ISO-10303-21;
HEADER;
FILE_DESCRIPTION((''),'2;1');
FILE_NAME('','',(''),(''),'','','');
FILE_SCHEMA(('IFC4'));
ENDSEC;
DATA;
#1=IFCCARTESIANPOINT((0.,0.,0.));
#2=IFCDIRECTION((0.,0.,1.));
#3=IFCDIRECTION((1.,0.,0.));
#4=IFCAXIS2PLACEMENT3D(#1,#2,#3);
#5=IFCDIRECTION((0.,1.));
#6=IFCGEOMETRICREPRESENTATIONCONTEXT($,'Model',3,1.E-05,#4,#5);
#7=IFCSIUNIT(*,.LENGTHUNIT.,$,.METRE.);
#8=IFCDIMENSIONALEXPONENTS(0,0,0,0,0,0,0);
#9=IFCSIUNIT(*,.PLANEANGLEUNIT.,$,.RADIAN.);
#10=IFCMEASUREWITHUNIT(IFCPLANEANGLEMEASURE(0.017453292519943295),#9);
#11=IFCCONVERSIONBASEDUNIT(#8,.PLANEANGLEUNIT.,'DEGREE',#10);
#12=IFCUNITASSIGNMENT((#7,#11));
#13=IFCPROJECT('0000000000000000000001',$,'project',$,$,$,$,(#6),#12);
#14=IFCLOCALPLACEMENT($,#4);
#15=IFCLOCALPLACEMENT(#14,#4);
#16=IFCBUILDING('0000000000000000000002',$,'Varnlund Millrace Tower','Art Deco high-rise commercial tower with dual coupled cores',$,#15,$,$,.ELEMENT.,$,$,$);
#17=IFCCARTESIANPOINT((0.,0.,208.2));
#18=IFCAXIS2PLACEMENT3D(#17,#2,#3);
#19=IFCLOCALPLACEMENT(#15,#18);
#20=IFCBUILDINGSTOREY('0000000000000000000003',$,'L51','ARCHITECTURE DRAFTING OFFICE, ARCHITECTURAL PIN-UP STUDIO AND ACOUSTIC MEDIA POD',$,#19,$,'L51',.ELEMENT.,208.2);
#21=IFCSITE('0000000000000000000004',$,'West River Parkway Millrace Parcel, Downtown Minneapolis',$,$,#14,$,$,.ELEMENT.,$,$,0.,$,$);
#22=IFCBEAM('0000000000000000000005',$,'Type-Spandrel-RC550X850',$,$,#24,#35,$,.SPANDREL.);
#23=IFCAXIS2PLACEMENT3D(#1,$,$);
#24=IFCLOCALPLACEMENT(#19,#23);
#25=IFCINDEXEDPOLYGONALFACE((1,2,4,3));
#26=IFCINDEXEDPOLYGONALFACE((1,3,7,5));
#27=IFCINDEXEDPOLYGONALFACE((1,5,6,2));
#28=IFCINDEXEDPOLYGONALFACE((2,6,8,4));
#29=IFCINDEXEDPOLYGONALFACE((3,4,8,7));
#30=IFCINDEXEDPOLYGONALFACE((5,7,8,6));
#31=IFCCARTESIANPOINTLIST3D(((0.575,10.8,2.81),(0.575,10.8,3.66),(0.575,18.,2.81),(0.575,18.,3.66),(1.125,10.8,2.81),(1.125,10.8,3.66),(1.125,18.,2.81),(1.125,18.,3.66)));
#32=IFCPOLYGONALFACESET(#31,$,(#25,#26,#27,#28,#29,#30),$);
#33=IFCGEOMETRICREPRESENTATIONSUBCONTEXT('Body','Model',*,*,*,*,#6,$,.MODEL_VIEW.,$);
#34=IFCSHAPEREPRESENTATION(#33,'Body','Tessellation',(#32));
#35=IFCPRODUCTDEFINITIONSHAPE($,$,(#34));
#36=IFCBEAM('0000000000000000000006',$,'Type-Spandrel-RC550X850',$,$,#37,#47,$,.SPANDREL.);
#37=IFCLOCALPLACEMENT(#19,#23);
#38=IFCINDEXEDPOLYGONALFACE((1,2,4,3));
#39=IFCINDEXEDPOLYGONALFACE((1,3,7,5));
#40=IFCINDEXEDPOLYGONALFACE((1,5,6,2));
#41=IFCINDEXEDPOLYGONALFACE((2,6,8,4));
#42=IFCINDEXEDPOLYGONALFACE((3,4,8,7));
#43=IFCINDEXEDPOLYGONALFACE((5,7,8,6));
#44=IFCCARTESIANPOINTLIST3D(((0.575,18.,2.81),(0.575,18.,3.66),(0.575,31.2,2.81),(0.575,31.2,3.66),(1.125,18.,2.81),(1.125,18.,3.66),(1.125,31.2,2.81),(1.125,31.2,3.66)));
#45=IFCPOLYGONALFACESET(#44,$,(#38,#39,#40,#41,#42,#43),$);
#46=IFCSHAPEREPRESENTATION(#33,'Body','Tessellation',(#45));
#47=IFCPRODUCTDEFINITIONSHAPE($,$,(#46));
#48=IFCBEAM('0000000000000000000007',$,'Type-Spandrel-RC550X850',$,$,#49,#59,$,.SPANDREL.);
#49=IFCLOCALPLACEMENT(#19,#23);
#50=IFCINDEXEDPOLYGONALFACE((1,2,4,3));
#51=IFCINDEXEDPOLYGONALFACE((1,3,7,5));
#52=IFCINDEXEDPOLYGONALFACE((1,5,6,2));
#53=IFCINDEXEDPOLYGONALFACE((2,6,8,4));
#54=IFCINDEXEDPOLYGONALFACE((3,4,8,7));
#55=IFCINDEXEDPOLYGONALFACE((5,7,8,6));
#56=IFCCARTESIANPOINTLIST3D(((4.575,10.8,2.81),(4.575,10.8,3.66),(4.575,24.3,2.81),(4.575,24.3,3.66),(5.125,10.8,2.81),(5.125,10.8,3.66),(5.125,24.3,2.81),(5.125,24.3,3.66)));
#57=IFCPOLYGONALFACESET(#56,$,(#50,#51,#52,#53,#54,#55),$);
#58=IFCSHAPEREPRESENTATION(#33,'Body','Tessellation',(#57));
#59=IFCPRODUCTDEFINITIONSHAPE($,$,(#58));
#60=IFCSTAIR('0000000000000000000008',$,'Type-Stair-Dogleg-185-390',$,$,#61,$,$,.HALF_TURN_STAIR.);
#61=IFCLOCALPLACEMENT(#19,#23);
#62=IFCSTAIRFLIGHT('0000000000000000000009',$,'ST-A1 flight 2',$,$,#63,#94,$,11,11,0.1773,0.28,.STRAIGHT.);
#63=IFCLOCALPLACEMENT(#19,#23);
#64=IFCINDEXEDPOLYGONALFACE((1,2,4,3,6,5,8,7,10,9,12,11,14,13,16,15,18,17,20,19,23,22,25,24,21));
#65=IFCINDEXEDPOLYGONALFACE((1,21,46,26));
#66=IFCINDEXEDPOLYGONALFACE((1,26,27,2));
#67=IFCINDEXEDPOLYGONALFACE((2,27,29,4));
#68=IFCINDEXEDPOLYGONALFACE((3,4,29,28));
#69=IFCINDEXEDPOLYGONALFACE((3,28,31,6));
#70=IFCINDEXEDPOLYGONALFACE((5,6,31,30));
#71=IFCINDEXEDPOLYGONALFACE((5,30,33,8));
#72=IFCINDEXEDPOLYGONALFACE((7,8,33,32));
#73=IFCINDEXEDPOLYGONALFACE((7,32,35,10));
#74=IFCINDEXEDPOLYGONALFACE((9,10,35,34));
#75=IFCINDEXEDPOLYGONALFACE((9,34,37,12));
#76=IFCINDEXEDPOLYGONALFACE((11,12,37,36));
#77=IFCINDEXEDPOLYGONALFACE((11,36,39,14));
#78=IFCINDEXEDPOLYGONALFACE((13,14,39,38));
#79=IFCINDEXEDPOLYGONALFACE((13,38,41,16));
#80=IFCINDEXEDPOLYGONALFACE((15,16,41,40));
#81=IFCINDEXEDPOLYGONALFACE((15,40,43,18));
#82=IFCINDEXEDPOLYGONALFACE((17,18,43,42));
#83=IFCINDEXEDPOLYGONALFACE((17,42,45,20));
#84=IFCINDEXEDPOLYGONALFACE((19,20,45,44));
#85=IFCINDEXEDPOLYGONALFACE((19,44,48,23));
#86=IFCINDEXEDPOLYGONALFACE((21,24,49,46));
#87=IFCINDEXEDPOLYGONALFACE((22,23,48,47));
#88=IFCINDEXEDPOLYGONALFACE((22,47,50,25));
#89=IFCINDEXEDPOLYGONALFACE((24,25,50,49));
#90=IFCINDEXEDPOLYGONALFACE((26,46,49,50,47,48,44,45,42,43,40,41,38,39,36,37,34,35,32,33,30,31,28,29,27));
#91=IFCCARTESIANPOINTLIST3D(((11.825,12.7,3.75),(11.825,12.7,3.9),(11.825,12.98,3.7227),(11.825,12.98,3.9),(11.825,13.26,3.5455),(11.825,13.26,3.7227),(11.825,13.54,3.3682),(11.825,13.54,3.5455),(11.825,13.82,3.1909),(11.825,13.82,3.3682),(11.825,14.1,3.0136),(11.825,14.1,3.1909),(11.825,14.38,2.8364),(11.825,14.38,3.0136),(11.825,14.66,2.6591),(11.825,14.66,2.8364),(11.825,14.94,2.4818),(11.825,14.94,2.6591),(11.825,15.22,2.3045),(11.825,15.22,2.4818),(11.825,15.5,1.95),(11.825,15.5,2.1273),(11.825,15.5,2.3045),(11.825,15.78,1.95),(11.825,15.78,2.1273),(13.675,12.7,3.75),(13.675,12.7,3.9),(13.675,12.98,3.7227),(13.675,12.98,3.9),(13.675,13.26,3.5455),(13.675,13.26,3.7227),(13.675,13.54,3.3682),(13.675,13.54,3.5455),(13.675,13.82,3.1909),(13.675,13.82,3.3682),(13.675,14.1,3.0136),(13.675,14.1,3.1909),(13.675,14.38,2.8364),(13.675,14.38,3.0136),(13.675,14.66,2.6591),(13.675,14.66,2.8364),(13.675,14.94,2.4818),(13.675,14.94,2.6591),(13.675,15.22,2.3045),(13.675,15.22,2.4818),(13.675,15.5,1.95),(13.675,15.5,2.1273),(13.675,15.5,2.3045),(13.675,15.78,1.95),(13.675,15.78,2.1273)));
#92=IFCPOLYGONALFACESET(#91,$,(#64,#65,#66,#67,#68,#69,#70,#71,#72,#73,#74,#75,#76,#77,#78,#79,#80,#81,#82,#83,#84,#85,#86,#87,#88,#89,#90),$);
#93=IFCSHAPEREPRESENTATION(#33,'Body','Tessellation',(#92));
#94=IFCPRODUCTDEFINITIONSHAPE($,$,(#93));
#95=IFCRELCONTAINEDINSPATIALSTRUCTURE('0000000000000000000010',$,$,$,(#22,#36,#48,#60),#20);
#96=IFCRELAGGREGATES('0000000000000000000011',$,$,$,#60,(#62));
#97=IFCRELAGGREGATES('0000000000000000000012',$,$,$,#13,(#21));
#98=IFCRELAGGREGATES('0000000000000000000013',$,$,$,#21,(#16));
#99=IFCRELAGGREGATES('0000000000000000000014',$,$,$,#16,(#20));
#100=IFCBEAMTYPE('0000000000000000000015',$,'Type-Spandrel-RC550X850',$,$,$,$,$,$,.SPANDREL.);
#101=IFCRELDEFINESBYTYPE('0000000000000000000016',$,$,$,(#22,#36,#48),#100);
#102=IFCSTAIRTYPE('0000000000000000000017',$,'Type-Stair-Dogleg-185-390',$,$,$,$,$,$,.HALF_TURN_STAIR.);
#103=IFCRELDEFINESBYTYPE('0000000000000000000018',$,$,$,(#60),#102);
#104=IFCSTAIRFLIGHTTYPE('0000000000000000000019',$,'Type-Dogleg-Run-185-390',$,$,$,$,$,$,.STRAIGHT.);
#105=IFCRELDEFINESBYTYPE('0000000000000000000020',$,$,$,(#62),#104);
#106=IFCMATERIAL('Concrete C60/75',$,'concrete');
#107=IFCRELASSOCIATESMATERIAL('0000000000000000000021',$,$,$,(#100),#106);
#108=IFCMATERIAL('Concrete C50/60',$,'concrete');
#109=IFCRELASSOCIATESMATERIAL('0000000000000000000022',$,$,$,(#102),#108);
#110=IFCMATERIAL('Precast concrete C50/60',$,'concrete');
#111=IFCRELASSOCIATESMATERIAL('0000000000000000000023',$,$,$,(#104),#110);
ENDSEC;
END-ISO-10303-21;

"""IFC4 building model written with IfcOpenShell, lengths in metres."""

from ifc_helpers import new_model, entity, si_unit, converted_unit, direction, frame, origin_with_axes, origin_2d_with_axis, place, context, subcontext, project, spatial, polyline, rectangle, outline, extrude, material, material_profile, profile_set, type_object, element, aggregate, save


model = new_model("IFC4")

# Units and contexts
model_context = context("Model", 3, precision=1e-05, world=origin_with_axes(), true_north=direction((0.0, 1.0)))
body_context = subcontext(model_context, "Body", "Model", "MODEL_VIEW")
ifc_project = project(units=[si_unit("LENGTHUNIT", "METRE"), converted_unit("PLANEANGLEUNIT", "DEGREE", entity("IfcPlaneAngleMeasure", 0.017453292519943295), si_unit("PLANEANGLEUNIT", "RADIAN"), dimensions=[0, 0, 0, 0, 0, 0, 0])], contexts=[model_context])

# Site, building, storey
site_placement = place(None, origin_with_axes())
site = spatial("IfcSite", under=ifc_project, at=site_placement, Name="West River Parkway Millrace Parcel, Downtown Minneapolis", CompositionType="ELEMENT", RefElevation=0.0)
building_placement = place(site_placement, origin_with_axes())
building = spatial("IfcBuilding", under=site, at=building_placement, Name="Varnlund Millrace Tower", Description="Art Deco high-rise commercial tower with dual coupled cores", CompositionType="ELEMENT")
storey_placement = place(building_placement, frame((0.0, 0.0, 208.2), z_axis=(0.0, 0.0, 1.0), x_axis=(1.0, 0.0, 0.0)))
storey = spatial("IfcBuildingStorey", under=building, at=storey_placement, Name="L51", Description="ARCHITECTURE DRAFTING OFFICE, ARCHITECTURAL PIN-UP STUDIO AND ACOUSTIC MEDIA POD", LongName="L51", CompositionType="ELEMENT", Elevation=208.2)

# Beams
ifc_material_1 = material(Name="Concrete C60/75", Category="concrete")
ifc_material_profile_1 = material_profile(ifc_material_1, rectangle(XDim=0.55, YDim=0.85, at=origin_2d_with_axis()), Name="Concrete C60/75")
ifc_profile_set_1 = profile_set([ifc_material_profile_1], Name="Concrete C60/75")
beam_type_1 = type_object("IfcBeamType", Name="Type-Spandrel-RC550X850", PredefinedType="SPANDREL", material=ifc_profile_set_1)
beam_1_placement = place(storey_placement, frame((0.85, 10.8, 3.235), z_axis=(0.0, 1.0, 0.0), x_axis=(-1.0, 0.0, 0.0)))
element("IfcBeam", 1, at=beam_1_placement, inside=storey, type_object=beam_type_1, Name="Type-Spandrel-RC550X850", PredefinedType="SPANDREL", context=body_context, shape_type="SweptSolid", body=[
    extrude(rectangle(XDim=0.55, YDim=0.85, at=origin_2d_with_axis()), origin_with_axes(), (0.0, 0.0, 1.0), 7.2),
])
beam_2_placement = place(storey_placement, frame((0.85, 18.0, 3.235), z_axis=(0.0, 1.0, 0.0), x_axis=(-1.0, 0.0, 0.0)))
element("IfcBeam", 2, at=beam_2_placement, inside=storey, type_object=beam_type_1, Name="Type-Spandrel-RC550X850", PredefinedType="SPANDREL", context=body_context, shape_type="SweptSolid", body=[
    extrude(rectangle(XDim=0.55, YDim=0.85, at=origin_2d_with_axis()), origin_with_axes(), (0.0, 0.0, 1.0), 13.2),
])
beam_3_placement = place(storey_placement, frame((4.85, 10.8, 3.235), z_axis=(0.0, 1.0, 0.0), x_axis=(-1.0, 0.0, 0.0)))
element("IfcBeam", 3, at=beam_3_placement, inside=storey, type_object=beam_type_1, Name="Type-Spandrel-RC550X850", PredefinedType="SPANDREL", context=body_context, shape_type="SweptSolid", body=[
    extrude(rectangle(XDim=0.55, YDim=0.85, at=origin_2d_with_axis()), origin_with_axes(), (0.0, 0.0, 1.0), 13.5),
])

# Stair, stair flight
ifc_material_2 = material(Name="Concrete C50/60", Category="concrete")
stair_type = type_object("IfcStairType", Name="Type-Stair-Dogleg-185-390", PredefinedType="HALF_TURN_STAIR", material=ifc_material_2)
stair_placement = place(storey_placement, origin_with_axes())
stair = element("IfcStair", 4, at=stair_placement, inside=storey, type_object=stair_type, Name="Type-Stair-Dogleg-185-390", PredefinedType="HALF_TURN_STAIR")
ifc_material_3 = material(Name="Precast concrete C50/60", Category="concrete")
stair_flight_type = type_object("IfcStairFlightType", Name="Type-Dogleg-Run-185-390", PredefinedType="STRAIGHT", material=ifc_material_3)
stair_flight_placement = place(storey_placement, frame((13.675, 15.78, 1.95), z_axis=(-1.0, 0.0, 0.0), x_axis=(0.0, -1.0, 0.0)))
stair_flight = element("IfcStairFlight", 5, at=stair_flight_placement, type_object=stair_flight_type, Name="ST-A1 flight 2", NumberOfRisers=11, NumberOfTreads=11, PredefinedType="STRAIGHT", RiserHeight=0.1773, TreadLength=0.28, context=body_context, shape_type="SweptSolid", body=[
    extrude(outline(polyline([(0.0, 0.0), (0.0, 0.1773), (0.28, 0.1773), (0.28, 0.3545), (0.56, 0.3545), (0.56, 0.5318), (0.84, 0.5318), (0.84, 0.7091), (1.12, 0.7091), (1.12, 0.8864), (1.4, 0.8864), (1.4, 1.0636), (1.68, 1.0636), (1.68, 1.2409), (1.96, 1.2409), (1.96, 1.4182), (2.24, 1.4182), (2.24, 1.5955), (2.52, 1.5955), (2.52, 1.7727), (2.8, 1.7727), (2.8, 1.95), (3.08, 1.95), (3.08, 1.8), (0.28, 0.0), (0.0, 0.0)])), origin_with_axes(), (0.0, 0.0, 1.0), 1.85),
])
aggregate(stair, [stair_flight])

save(model, "model.ifc")
